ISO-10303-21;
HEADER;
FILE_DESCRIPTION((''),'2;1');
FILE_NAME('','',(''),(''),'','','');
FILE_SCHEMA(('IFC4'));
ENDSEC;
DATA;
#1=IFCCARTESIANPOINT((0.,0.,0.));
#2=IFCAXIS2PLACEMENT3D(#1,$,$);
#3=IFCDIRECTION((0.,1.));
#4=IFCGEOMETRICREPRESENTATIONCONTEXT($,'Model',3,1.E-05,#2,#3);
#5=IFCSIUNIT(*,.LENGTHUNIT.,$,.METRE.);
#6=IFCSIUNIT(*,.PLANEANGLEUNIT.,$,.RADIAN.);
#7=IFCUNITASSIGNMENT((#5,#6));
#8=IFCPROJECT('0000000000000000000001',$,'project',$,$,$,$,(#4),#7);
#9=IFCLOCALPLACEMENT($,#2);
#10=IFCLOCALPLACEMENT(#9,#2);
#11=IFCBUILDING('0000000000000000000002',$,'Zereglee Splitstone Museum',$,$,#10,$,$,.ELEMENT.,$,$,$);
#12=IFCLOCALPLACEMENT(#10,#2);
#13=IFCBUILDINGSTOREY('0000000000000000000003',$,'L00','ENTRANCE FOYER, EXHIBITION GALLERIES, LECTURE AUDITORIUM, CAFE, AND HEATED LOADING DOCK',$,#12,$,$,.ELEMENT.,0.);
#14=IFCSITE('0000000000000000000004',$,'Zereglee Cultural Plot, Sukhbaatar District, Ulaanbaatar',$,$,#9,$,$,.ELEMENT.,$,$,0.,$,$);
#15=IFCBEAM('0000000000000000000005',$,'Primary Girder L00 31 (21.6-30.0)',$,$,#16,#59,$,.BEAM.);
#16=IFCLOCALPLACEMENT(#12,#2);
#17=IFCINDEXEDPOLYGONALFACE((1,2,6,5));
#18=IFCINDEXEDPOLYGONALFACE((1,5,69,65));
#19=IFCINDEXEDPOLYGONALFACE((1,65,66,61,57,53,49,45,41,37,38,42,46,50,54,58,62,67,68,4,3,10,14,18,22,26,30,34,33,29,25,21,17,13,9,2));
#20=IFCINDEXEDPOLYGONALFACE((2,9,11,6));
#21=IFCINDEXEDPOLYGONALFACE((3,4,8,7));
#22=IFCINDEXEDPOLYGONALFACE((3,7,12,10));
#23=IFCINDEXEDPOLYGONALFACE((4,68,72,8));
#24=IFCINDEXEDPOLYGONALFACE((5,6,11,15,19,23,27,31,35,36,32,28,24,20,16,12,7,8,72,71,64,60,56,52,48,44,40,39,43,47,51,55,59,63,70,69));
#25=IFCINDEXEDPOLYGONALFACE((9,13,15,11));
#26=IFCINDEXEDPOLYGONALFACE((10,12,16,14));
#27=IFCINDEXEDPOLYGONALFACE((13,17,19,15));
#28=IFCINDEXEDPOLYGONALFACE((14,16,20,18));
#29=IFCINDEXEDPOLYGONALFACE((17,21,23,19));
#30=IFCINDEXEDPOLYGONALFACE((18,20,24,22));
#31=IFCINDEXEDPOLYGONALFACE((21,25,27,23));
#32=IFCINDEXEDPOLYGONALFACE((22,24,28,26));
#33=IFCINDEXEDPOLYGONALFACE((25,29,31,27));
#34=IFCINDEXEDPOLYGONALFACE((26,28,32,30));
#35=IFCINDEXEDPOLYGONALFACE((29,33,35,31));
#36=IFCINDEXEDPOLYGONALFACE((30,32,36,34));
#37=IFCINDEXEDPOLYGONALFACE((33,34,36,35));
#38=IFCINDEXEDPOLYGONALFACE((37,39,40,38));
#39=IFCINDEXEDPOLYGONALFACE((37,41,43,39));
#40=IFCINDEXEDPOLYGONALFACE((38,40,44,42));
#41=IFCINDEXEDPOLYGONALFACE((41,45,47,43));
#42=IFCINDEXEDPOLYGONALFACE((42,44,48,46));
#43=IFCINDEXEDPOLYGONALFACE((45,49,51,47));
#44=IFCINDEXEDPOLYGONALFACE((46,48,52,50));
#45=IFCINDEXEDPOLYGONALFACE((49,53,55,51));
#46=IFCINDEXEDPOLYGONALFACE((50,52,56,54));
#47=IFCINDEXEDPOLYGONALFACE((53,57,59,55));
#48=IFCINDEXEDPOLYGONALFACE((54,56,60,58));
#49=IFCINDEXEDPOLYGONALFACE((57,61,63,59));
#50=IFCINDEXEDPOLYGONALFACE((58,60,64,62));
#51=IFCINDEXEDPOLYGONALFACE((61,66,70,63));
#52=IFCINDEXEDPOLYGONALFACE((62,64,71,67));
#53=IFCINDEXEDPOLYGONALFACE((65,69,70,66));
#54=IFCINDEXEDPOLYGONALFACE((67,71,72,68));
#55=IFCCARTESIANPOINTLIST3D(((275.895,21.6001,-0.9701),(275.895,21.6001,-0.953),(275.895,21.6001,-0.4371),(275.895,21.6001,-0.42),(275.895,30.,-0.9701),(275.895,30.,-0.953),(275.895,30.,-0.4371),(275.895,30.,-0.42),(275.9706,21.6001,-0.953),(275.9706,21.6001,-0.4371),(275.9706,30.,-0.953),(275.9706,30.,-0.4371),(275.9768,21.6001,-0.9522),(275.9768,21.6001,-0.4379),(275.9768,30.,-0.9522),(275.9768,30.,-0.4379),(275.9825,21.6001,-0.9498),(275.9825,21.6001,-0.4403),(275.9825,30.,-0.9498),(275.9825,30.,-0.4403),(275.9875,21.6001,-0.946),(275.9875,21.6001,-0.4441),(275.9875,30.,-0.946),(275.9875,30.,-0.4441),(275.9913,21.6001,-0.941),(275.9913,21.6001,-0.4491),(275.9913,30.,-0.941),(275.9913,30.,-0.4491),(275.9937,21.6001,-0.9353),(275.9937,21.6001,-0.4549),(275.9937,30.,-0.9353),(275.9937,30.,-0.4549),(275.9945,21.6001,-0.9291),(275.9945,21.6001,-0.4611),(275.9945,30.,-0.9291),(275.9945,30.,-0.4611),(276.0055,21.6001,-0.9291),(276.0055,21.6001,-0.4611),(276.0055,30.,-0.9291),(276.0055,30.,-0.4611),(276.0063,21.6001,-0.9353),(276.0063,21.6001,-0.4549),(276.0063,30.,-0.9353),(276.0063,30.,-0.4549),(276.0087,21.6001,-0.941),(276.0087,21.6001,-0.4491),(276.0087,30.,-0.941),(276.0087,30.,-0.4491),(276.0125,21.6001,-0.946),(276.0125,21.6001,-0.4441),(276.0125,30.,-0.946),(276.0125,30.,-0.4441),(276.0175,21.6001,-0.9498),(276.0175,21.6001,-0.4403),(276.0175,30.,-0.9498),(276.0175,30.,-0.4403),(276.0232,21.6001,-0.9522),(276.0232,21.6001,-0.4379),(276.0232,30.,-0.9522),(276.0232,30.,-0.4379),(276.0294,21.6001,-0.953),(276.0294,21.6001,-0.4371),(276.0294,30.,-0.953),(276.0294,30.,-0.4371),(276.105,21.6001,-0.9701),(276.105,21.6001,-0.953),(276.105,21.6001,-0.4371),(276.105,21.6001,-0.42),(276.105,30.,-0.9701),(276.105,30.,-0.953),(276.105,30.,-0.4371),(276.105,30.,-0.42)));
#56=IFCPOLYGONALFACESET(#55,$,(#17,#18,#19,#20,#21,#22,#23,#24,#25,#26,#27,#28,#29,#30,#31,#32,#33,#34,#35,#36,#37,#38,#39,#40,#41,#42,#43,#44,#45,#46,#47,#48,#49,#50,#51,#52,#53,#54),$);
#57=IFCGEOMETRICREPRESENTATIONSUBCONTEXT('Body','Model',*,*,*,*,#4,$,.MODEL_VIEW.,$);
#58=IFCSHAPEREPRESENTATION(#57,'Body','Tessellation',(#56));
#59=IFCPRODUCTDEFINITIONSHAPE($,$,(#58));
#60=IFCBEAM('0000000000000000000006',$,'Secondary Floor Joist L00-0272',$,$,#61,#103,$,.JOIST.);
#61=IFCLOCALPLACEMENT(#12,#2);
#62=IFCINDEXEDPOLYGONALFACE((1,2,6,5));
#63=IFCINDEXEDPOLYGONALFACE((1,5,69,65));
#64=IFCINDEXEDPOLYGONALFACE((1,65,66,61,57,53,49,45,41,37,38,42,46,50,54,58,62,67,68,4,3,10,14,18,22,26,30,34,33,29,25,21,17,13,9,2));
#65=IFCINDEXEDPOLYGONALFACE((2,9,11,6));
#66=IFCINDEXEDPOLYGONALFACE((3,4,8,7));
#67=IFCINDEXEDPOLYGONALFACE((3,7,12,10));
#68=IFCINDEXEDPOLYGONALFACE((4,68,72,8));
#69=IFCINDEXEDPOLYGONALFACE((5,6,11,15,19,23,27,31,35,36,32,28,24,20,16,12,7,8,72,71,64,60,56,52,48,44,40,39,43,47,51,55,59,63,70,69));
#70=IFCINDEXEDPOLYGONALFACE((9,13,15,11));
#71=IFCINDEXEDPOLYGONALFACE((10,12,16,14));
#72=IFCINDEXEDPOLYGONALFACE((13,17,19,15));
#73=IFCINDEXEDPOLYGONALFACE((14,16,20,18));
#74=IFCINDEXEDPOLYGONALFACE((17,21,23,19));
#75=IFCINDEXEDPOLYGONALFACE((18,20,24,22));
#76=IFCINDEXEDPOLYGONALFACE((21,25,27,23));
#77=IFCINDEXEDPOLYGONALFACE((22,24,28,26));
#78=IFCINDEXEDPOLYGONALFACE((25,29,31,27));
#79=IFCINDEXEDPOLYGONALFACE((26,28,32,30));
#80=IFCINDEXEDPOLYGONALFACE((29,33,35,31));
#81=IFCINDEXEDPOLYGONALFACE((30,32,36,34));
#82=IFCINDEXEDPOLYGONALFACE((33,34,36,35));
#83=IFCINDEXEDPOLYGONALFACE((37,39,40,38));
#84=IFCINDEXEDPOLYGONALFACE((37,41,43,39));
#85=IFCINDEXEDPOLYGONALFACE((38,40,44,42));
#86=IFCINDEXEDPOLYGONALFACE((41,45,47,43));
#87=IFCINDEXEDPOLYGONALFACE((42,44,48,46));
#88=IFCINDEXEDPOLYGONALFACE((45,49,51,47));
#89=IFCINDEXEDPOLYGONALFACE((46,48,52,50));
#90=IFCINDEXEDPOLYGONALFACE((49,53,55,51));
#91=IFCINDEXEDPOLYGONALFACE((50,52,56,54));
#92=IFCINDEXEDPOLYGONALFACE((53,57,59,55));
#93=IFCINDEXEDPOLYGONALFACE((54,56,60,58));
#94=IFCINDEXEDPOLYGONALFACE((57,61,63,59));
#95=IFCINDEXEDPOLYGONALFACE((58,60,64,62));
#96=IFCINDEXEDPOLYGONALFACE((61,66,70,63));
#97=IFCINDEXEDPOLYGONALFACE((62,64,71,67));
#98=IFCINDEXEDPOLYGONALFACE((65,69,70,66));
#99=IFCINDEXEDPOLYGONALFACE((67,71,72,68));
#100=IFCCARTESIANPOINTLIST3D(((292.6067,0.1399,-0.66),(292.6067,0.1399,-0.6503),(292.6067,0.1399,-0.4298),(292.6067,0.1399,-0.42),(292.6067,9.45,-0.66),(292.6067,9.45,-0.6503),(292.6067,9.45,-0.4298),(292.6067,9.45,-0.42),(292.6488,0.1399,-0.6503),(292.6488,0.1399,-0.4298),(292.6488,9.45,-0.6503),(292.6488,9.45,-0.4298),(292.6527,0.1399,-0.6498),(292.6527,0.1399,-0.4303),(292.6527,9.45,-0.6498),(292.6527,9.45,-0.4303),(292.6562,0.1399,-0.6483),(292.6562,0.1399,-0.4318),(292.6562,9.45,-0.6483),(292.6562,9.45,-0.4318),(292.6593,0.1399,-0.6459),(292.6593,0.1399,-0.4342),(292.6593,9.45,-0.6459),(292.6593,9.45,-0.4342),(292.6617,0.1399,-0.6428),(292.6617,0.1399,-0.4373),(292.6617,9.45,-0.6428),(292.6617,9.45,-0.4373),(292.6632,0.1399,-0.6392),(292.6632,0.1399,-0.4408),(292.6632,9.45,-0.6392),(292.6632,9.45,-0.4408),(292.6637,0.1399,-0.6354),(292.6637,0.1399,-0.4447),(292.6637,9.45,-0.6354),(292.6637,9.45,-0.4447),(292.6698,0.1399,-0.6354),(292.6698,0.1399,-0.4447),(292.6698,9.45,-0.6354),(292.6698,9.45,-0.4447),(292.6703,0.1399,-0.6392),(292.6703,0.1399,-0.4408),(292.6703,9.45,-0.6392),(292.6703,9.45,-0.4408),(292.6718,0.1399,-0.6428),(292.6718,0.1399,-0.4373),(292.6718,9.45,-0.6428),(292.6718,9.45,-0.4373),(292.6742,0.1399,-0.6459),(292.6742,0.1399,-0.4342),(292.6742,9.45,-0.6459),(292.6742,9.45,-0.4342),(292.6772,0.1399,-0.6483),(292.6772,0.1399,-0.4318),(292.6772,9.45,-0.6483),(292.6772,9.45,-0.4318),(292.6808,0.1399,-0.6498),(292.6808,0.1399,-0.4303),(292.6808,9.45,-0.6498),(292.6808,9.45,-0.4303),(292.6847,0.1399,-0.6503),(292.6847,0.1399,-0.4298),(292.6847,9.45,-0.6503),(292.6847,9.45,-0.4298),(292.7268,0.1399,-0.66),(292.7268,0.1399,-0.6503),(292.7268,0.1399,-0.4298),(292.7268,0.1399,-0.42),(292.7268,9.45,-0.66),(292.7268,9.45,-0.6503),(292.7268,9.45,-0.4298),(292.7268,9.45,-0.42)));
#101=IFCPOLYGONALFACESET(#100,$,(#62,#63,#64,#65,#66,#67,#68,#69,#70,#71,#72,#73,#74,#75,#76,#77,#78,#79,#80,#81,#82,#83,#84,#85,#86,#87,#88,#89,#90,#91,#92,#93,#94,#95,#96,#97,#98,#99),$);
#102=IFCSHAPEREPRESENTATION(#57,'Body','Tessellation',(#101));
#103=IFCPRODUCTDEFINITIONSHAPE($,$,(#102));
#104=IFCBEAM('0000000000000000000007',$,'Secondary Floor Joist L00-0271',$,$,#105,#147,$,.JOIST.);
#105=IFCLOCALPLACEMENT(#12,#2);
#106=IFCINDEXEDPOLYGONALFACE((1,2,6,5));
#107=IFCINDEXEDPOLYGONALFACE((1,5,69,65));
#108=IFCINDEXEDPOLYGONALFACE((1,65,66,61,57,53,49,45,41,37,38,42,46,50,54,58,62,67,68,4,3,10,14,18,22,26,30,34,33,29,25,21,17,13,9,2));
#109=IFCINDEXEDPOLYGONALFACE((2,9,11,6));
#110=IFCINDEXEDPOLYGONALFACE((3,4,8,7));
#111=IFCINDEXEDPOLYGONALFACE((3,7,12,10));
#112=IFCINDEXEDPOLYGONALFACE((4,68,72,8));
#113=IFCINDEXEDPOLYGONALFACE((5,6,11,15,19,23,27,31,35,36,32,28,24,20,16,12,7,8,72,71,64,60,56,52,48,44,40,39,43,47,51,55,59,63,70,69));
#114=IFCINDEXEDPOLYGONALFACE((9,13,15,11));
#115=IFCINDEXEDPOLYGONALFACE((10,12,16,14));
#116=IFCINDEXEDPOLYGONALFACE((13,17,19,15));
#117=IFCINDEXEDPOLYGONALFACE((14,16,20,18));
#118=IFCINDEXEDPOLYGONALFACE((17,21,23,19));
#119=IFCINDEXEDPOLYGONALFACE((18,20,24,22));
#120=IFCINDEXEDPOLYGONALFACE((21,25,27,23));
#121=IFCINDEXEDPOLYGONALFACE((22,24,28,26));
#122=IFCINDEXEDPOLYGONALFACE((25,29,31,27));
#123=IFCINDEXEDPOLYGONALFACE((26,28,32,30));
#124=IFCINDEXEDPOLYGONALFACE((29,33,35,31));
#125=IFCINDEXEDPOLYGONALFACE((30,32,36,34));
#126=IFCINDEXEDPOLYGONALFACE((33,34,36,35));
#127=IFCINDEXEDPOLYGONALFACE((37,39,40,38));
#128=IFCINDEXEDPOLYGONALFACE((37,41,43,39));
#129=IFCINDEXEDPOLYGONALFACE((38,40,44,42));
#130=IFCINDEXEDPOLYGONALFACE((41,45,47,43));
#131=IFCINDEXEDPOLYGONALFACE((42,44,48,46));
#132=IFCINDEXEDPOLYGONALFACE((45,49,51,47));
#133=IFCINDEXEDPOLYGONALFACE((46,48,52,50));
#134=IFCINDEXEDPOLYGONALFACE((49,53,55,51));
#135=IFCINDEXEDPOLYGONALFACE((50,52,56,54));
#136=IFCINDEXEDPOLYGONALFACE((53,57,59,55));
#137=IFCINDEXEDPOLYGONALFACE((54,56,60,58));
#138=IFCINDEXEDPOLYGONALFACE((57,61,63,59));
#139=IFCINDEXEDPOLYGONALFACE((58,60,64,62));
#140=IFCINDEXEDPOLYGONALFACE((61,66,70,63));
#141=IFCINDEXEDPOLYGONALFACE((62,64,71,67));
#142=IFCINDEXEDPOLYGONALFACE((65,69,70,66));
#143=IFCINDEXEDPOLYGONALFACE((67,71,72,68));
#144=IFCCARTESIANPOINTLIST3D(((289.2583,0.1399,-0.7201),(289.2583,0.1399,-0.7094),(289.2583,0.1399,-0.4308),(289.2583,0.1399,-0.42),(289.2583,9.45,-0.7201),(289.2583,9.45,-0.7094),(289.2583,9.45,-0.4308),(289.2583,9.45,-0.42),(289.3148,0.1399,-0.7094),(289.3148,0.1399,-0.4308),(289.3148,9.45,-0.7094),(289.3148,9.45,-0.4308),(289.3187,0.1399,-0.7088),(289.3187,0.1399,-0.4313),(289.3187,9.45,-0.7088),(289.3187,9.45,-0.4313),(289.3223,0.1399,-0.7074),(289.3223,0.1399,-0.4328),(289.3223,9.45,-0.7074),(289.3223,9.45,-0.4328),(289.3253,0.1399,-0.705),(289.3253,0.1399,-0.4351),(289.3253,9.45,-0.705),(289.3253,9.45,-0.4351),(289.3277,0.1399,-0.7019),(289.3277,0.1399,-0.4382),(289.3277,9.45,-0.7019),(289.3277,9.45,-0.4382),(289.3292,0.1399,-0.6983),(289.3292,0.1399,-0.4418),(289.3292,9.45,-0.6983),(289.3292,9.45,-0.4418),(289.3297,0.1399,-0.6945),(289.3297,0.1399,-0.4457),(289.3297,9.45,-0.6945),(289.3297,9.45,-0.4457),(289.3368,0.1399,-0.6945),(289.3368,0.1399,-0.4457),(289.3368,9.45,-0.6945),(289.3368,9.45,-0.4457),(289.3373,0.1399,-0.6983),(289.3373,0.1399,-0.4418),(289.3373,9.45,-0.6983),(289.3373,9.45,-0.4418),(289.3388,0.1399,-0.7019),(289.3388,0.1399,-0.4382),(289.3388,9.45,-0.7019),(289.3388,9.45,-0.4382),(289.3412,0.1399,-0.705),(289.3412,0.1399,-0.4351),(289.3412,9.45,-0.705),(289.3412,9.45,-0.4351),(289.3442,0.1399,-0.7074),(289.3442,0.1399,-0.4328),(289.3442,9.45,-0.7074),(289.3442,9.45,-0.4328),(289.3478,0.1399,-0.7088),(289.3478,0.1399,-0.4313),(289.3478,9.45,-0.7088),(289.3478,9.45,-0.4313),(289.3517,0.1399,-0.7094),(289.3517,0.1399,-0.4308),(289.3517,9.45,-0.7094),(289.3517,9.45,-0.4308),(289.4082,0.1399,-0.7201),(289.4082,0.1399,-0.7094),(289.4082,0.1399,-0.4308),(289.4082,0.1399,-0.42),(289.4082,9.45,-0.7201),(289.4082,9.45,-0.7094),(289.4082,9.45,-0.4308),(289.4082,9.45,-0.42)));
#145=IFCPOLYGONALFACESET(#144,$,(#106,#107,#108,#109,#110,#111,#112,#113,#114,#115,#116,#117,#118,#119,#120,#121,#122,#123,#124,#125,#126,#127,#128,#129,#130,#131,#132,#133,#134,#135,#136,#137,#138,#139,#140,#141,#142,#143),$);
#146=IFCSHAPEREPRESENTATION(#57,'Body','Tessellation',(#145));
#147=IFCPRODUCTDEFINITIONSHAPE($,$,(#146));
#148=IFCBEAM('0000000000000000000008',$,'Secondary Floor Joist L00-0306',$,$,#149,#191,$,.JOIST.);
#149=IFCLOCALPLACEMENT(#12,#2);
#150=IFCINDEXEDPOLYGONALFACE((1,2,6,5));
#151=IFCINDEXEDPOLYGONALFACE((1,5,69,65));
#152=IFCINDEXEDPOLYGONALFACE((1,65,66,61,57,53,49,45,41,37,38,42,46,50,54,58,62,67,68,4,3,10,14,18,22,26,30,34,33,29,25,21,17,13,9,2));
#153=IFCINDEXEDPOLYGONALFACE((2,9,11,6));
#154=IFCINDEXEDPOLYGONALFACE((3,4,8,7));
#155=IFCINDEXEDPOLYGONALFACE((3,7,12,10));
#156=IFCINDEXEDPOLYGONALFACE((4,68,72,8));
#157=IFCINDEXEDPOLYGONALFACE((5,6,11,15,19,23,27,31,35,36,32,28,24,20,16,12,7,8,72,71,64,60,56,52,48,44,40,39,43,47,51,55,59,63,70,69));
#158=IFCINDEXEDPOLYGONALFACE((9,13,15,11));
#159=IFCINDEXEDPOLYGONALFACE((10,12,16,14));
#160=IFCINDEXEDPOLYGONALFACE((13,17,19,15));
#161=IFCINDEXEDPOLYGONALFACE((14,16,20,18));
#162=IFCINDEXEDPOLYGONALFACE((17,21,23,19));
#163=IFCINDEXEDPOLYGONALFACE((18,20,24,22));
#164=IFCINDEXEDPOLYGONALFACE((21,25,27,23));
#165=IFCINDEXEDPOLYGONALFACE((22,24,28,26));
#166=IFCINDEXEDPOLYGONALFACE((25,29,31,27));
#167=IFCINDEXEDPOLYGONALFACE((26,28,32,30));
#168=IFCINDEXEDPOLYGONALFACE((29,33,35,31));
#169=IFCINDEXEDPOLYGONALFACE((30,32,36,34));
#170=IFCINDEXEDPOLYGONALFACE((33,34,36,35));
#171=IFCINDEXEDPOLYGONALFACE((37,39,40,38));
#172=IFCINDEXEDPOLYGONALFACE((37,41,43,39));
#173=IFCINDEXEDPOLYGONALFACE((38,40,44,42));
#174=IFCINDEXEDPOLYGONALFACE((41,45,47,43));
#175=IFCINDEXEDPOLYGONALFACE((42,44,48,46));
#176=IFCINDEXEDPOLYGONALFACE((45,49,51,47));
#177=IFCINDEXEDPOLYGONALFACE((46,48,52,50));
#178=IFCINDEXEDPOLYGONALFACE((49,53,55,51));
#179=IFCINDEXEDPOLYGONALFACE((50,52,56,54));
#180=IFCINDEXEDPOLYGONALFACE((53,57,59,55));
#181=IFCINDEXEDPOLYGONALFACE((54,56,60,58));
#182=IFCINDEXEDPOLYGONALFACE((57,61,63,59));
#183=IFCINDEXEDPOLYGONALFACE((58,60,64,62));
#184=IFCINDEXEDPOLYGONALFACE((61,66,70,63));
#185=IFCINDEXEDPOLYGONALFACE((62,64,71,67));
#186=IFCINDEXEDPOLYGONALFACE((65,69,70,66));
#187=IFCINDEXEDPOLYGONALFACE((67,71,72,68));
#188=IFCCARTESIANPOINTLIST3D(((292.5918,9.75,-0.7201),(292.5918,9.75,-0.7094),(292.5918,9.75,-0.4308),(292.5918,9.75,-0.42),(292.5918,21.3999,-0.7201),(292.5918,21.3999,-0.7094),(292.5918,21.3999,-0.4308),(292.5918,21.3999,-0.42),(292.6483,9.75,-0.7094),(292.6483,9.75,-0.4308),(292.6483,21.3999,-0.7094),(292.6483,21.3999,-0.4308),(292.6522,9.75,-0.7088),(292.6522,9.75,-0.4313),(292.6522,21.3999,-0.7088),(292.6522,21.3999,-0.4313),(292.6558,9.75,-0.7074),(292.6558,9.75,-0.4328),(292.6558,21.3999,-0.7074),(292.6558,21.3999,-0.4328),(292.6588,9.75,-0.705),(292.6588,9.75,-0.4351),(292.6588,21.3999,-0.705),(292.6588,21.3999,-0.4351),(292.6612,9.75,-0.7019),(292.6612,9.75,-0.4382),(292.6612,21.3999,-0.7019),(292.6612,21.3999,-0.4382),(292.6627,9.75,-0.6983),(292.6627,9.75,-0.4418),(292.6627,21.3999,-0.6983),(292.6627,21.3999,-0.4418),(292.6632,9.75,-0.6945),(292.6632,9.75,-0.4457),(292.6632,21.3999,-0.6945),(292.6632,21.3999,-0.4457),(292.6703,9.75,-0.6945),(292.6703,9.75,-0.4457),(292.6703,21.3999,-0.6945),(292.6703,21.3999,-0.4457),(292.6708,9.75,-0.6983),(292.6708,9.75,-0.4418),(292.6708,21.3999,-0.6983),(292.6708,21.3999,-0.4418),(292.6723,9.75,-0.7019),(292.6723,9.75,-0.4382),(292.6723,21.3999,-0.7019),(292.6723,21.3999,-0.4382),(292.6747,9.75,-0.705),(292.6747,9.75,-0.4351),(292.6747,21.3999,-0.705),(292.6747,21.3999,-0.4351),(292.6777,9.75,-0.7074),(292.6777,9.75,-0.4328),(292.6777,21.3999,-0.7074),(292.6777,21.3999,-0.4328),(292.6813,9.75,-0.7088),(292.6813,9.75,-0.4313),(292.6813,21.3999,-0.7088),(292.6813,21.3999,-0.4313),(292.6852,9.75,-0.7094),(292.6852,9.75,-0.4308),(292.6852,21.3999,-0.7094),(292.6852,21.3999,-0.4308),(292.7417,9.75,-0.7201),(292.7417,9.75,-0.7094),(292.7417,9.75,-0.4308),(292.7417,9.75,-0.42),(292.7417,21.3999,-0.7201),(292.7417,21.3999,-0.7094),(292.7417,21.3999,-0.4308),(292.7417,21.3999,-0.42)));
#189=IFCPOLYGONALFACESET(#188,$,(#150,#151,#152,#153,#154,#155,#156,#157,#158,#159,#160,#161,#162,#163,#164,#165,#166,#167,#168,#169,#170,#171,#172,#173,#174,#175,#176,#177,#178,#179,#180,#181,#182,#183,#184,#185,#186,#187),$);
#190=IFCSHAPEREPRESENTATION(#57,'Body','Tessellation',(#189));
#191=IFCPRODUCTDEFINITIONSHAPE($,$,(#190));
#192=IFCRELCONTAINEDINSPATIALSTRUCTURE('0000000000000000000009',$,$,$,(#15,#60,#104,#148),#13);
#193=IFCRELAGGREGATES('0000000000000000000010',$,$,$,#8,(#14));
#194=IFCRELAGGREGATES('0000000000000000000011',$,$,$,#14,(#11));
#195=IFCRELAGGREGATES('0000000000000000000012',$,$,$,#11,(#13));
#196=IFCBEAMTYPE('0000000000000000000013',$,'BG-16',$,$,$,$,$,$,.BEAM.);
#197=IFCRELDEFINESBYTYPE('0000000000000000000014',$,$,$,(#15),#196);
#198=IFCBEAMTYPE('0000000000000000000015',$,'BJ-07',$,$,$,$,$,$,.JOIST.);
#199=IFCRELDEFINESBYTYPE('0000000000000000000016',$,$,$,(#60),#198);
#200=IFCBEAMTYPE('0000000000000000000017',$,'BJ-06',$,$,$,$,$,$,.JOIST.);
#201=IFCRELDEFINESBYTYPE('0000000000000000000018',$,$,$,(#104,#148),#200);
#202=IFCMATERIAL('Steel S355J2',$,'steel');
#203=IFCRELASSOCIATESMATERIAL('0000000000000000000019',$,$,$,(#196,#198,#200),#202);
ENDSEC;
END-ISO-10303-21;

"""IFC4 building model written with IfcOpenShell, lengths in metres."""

from ifc_helpers import new_model, si_unit, direction, frame, origin, origin_2d, place, context, subcontext, project, spatial, i_section, extrude, material, material_profile, profile_set, type_object, element, save


model = new_model("IFC4")

# Units and contexts
model_context = context("Model", 3, precision=1e-05, world=origin(), true_north=direction((0.0, 1.0)))
body_context = subcontext(model_context, "Body", "Model", "MODEL_VIEW")
ifc_project = project(units=[si_unit("LENGTHUNIT", "METRE"), si_unit("PLANEANGLEUNIT", "RADIAN")], contexts=[model_context])

# Site, building, storey
site_placement = place(None, origin())
site = spatial("IfcSite", under=ifc_project, at=site_placement, Name="Zereglee Cultural Plot, Sukhbaatar District, Ulaanbaatar", CompositionType="ELEMENT", RefElevation=0.0)
building_placement = place(site_placement, origin())
building = spatial("IfcBuilding", under=site, at=building_placement, Name="Zereglee Splitstone Museum", CompositionType="ELEMENT")
storey_placement = place(building_placement, origin())
storey = spatial("IfcBuildingStorey", under=building, at=storey_placement, Name="L00", Description="ENTRANCE FOYER, EXHIBITION GALLERIES, LECTURE AUDITORIUM, CAFE, AND HEATED LOADING DOCK", CompositionType="ELEMENT", Elevation=0.0)

# Beams
ifc_material_1 = material(Name="Steel S355J2", Category="steel")
ifc_material_profile_1 = material_profile(ifc_material_1, i_section(OverallWidth=0.21, OverallDepth=0.55, WebThickness=0.011, FlangeThickness=0.0171, FilletRadius=0.0239, at=origin_2d()), Name="IPE 550")
ifc_profile_set_1 = profile_set([ifc_material_profile_1], Name="Steel S355J2")
beam_type_1 = type_object("IfcBeamType", Name="BG-16", PredefinedType="BEAM", material=ifc_profile_set_1)
beam_1_placement = place(storey_placement, frame((276.0, 21.6001, -0.6951), z_axis=(0.0, 1.0, 0.0), x_axis=(-1.0, 0.0, 0.0)))
element("IfcBeam", 1, at=beam_1_placement, inside=storey, type_object=beam_type_1, Name="Primary Girder L00 31 (21.6-30.0)", PredefinedType="BEAM", context=body_context, shape_type="SweptSolid", body=[
    extrude(i_section(OverallWidth=0.21, OverallDepth=0.55, WebThickness=0.011, FlangeThickness=0.0171, FilletRadius=0.0239, at=origin_2d()), origin(), (0.0, 0.0, 1.0), 8.3999),
])
ifc_material_profile_2 = material_profile(ifc_material_1, i_section(OverallWidth=0.1201, OverallDepth=0.24, WebThickness=0.0061, FlangeThickness=0.0098, FilletRadius=0.0149, at=origin_2d()), Name="IPE 240")
ifc_profile_set_2 = profile_set([ifc_material_profile_2], Name="Steel S355J2")
beam_type_2 = type_object("IfcBeamType", Name="BJ-07", PredefinedType="JOIST", material=ifc_profile_set_2)
beam_2_placement = place(storey_placement, frame((292.6667, 0.1399, -0.54), z_axis=(0.0, 1.0, 0.0), x_axis=(-1.0, 0.0, 0.0)))
element("IfcBeam", 2, at=beam_2_placement, inside=storey, type_object=beam_type_2, Name="Secondary Floor Joist L00-0272", PredefinedType="JOIST", context=body_context, shape_type="SweptSolid", body=[
    extrude(i_section(OverallWidth=0.1201, OverallDepth=0.24, WebThickness=0.0061, FlangeThickness=0.0098, FilletRadius=0.0149, at=origin_2d()), origin(), (0.0, 0.0, 1.0), 9.3101),
])
ifc_material_profile_3 = material_profile(ifc_material_1, i_section(OverallWidth=0.1499, OverallDepth=0.3, WebThickness=0.0071, FlangeThickness=0.0107, FilletRadius=0.0149, at=origin_2d()), Name="IPE 300")
ifc_profile_set_3 = profile_set([ifc_material_profile_3], Name="Steel S355J2")
beam_type_3 = type_object("IfcBeamType", Name="BJ-06", PredefinedType="JOIST", material=ifc_profile_set_3)
beam_3_placement = place(storey_placement, frame((289.3333, 0.1399, -0.5701), z_axis=(0.0, 1.0, 0.0), x_axis=(-1.0, 0.0, 0.0)))
element("IfcBeam", 3, at=beam_3_placement, inside=storey, type_object=beam_type_3, Name="Secondary Floor Joist L00-0271", PredefinedType="JOIST", context=body_context, shape_type="SweptSolid", body=[
    extrude(i_section(OverallWidth=0.1499, OverallDepth=0.3, WebThickness=0.0071, FlangeThickness=0.0107, FilletRadius=0.0149, at=origin_2d()), origin(), (0.0, 0.0, 1.0), 9.3101),
])
beam_4_placement = place(storey_placement, frame((292.6667, 9.75, -0.5701), z_axis=(0.0, 1.0, 0.0), x_axis=(-1.0, 0.0, 0.0)))
element("IfcBeam", 4, at=beam_4_placement, inside=storey, type_object=beam_type_3, Name="Secondary Floor Joist L00-0306", PredefinedType="JOIST", context=body_context, shape_type="SweptSolid", body=[
    extrude(i_section(OverallWidth=0.1499, OverallDepth=0.3, WebThickness=0.0071, FlangeThickness=0.0107, FilletRadius=0.0149, at=origin_2d()), origin(), (0.0, 0.0, 1.0), 11.6499),
])

save(model, "model.ifc")
